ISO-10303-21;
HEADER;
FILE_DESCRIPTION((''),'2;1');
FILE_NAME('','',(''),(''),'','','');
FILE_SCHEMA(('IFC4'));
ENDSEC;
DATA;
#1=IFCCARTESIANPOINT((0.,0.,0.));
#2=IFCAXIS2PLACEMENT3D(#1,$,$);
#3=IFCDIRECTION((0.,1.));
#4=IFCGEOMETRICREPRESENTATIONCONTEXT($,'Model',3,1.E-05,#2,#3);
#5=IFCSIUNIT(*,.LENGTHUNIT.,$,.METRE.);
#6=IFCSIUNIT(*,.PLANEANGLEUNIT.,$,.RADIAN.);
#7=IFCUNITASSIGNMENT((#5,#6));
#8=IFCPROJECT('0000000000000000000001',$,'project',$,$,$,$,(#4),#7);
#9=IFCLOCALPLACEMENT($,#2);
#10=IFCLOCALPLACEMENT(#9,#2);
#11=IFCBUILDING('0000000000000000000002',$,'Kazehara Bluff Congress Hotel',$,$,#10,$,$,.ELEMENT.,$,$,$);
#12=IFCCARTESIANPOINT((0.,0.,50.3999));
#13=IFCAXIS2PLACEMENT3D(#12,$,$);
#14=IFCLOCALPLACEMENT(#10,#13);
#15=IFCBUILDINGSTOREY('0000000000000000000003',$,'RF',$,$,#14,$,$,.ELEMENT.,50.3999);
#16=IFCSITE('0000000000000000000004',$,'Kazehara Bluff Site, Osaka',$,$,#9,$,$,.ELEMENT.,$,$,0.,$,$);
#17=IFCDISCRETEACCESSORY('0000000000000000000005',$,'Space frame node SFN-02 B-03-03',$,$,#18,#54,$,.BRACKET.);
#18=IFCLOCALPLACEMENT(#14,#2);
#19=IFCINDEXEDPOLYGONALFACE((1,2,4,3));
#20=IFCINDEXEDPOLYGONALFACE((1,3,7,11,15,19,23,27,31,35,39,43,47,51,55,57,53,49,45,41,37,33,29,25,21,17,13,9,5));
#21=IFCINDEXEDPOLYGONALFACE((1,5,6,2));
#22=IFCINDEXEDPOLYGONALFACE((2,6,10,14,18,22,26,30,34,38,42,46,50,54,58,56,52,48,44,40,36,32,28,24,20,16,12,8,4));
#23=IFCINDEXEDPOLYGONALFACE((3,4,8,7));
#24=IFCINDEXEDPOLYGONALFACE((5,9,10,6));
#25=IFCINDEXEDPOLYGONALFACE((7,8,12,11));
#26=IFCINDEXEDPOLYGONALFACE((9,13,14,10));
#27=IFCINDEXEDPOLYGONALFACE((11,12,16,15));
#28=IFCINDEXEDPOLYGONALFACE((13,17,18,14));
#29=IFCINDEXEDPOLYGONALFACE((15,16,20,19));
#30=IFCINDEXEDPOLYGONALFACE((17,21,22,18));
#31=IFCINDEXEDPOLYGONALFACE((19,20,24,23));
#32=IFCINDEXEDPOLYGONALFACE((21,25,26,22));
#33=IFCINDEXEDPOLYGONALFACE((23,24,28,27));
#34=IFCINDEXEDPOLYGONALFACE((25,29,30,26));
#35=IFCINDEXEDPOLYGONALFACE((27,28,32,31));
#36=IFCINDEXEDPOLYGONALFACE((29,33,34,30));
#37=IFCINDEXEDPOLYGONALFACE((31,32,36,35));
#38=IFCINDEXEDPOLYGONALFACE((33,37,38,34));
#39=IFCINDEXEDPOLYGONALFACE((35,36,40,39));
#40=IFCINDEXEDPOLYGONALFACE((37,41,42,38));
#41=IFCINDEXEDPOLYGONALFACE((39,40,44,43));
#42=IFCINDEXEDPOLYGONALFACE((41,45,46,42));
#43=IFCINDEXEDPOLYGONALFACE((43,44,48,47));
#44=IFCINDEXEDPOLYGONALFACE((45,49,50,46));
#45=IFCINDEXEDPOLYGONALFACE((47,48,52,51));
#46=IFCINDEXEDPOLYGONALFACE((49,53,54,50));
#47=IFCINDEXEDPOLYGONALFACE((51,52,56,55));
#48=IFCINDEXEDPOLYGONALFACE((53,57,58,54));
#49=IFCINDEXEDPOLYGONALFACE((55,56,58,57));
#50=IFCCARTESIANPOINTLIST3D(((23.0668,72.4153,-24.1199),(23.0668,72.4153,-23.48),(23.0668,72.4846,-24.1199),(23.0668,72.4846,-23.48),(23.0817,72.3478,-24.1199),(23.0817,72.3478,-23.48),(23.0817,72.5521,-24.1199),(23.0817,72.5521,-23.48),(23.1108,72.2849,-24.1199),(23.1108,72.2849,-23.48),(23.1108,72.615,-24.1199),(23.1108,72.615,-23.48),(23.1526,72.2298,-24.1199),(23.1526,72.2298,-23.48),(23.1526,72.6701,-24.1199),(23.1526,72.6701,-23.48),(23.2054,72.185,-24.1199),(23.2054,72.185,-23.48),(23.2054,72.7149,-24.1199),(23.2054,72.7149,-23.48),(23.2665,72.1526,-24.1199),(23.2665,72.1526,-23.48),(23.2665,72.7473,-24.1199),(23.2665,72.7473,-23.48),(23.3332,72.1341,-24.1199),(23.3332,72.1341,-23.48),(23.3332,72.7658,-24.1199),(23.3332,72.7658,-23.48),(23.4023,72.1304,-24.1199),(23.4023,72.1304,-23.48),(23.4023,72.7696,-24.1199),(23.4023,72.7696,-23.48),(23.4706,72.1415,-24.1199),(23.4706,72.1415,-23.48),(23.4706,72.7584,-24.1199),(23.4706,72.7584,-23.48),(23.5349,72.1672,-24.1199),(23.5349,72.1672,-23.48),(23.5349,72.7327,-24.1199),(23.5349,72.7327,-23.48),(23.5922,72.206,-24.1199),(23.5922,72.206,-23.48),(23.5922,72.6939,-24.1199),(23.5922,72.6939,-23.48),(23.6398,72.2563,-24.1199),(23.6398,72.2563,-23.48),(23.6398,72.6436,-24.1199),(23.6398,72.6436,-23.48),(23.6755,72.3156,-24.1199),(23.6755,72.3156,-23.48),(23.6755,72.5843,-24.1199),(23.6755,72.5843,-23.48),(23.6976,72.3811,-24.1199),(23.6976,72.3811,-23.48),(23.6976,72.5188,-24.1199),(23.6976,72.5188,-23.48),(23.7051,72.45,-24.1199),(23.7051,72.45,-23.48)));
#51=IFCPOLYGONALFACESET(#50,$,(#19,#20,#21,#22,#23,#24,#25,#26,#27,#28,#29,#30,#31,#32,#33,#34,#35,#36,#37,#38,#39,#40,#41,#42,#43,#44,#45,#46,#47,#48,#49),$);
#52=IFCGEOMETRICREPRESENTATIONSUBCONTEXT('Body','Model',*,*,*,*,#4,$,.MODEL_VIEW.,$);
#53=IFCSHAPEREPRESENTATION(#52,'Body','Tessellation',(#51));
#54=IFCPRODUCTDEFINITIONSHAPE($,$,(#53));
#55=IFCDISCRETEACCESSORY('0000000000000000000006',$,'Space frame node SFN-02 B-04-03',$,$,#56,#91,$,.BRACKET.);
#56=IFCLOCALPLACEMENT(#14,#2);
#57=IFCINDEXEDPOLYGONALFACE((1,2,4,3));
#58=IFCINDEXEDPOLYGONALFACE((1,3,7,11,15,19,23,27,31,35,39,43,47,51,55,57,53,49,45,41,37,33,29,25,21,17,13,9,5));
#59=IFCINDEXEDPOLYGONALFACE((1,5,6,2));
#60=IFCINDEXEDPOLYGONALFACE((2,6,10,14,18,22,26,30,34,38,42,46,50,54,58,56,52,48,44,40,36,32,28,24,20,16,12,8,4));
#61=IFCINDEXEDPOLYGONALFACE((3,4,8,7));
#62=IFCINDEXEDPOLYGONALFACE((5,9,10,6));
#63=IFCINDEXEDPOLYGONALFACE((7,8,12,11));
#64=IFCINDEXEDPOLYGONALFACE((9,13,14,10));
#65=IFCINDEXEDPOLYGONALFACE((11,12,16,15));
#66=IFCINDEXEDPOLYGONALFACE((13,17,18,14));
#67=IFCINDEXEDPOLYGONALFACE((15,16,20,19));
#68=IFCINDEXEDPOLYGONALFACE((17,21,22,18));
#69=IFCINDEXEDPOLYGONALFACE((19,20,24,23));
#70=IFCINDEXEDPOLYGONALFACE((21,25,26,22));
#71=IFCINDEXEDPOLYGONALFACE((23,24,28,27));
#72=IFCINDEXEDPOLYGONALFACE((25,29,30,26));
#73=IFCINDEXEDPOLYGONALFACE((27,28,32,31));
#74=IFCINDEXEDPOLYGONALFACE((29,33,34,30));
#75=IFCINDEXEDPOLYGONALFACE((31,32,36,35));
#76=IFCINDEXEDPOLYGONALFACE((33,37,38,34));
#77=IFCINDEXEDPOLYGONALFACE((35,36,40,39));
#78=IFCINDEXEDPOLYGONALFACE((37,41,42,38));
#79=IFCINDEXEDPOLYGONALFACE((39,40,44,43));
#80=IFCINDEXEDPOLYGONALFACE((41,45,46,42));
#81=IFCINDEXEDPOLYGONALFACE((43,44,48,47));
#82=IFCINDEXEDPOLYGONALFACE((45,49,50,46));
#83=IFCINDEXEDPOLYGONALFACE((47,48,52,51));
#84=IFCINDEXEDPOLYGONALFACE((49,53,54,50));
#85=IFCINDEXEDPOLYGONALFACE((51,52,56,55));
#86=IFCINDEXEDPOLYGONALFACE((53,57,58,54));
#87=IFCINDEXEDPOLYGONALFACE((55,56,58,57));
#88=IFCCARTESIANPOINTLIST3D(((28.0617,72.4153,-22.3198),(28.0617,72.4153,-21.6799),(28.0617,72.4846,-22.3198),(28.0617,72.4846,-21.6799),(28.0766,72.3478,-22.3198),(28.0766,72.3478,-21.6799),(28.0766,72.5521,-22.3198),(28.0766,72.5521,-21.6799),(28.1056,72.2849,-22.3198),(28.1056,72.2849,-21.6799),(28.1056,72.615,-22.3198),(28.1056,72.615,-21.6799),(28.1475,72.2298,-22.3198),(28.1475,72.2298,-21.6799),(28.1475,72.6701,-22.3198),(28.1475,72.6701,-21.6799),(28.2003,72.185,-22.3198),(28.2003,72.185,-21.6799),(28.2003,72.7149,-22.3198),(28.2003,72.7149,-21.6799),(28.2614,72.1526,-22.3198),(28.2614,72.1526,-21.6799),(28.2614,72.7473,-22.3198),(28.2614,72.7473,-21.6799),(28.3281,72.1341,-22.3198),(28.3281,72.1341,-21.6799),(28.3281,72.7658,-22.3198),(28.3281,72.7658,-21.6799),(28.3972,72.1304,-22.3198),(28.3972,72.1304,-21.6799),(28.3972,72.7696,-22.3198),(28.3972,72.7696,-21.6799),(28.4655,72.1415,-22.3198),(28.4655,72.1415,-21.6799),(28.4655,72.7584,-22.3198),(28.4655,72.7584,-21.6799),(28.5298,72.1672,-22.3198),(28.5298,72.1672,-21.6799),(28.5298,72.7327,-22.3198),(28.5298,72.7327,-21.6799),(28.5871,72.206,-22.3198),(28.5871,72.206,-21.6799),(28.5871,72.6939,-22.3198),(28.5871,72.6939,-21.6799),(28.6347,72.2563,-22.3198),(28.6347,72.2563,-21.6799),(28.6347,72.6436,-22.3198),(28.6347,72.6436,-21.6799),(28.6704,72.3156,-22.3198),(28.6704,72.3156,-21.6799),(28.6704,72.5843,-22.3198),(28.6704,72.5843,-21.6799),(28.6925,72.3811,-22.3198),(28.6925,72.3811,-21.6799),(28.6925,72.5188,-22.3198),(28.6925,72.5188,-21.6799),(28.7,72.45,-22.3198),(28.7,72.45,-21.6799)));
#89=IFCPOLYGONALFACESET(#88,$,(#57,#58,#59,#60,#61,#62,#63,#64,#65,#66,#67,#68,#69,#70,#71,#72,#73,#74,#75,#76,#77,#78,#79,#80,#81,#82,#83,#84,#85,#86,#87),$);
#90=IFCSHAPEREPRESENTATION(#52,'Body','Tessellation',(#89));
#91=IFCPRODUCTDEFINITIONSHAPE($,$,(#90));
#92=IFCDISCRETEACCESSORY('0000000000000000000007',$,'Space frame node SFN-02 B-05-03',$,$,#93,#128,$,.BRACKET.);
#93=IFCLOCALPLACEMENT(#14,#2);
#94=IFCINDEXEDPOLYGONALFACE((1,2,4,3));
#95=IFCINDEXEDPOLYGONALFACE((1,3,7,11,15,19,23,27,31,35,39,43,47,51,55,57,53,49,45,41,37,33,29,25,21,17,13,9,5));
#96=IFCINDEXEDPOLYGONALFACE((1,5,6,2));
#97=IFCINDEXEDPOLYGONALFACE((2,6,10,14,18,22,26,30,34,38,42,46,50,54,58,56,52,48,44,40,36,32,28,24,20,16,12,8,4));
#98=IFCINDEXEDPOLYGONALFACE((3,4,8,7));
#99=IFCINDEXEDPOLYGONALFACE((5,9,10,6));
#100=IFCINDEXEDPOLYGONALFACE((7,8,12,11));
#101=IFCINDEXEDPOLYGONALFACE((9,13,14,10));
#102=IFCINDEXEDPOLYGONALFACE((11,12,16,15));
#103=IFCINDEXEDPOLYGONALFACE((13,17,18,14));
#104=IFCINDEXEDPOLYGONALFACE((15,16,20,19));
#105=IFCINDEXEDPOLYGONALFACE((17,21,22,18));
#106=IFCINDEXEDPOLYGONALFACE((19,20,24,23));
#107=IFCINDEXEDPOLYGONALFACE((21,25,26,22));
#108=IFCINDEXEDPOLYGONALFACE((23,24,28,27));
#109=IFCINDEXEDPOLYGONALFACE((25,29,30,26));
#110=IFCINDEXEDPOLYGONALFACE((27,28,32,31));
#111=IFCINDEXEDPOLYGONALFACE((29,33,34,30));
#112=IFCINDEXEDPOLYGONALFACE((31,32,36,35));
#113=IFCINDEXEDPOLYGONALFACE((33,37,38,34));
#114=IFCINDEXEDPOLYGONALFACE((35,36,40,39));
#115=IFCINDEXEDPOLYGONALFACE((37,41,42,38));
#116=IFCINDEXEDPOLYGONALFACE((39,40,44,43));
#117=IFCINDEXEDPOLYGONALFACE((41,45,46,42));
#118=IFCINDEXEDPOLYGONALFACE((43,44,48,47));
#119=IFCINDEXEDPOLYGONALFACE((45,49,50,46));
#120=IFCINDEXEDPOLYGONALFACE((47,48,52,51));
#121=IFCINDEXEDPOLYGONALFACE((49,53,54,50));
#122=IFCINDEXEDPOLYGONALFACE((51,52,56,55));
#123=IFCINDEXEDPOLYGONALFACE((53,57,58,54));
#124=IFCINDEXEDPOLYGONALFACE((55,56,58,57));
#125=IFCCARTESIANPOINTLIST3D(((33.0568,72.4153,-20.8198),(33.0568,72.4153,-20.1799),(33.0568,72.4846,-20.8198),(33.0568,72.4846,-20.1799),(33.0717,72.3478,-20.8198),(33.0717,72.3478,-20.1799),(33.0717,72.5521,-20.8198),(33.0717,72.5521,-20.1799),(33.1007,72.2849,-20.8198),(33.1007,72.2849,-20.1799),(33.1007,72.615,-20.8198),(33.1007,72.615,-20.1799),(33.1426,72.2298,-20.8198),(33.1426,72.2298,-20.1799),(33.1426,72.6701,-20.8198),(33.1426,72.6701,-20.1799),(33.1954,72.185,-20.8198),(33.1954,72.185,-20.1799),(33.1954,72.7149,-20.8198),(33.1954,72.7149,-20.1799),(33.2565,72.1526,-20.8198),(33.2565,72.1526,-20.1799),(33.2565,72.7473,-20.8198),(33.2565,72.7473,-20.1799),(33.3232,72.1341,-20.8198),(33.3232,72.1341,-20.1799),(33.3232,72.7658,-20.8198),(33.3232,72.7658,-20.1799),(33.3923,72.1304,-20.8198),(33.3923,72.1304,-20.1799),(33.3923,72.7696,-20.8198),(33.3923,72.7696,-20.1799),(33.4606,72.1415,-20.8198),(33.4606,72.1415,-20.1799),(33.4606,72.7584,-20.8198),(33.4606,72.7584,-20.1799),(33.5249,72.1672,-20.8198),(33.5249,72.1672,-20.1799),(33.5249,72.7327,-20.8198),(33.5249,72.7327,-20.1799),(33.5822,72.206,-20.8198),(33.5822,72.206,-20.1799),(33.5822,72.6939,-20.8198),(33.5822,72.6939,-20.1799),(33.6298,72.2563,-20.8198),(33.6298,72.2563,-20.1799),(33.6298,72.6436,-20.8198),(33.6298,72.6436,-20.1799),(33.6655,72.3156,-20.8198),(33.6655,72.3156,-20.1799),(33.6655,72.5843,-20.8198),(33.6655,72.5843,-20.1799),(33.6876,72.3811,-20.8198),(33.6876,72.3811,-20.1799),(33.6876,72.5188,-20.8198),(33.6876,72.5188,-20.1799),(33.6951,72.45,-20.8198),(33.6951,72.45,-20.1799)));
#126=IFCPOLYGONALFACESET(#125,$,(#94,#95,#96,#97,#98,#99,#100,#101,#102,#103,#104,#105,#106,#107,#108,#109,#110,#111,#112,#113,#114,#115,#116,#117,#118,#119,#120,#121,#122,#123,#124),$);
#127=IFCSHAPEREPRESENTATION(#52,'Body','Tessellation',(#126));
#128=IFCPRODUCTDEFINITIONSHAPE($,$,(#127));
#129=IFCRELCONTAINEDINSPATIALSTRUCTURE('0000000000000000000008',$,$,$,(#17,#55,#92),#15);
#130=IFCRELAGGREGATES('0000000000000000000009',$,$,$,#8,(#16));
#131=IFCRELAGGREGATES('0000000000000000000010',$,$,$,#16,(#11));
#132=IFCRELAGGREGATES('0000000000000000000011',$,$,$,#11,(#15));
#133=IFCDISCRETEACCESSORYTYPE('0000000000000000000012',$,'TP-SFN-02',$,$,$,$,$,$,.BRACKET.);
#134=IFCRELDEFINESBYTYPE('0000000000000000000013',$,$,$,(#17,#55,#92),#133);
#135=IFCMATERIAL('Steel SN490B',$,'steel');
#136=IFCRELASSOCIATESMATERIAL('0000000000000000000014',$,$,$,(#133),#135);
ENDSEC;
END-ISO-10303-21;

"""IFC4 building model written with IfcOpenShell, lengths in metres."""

from ifc_helpers import new_model, si_unit, direction, frame, origin, origin_2d, place, context, subcontext, project, spatial, circle, extrude, material, material_profile, profile_set, type_object, element, save


model = new_model("IFC4")

# Units and contexts
model_context = context("Model", 3, precision=1e-05, world=origin(), true_north=direction((0.0, 1.0)))
body_context = subcontext(model_context, "Body", "Model", "MODEL_VIEW")
ifc_project = project(units=[si_unit("LENGTHUNIT", "METRE"), si_unit("PLANEANGLEUNIT", "RADIAN")], contexts=[model_context])

# Site, building, storey
site_placement = place(None, origin())
site = spatial("IfcSite", under=ifc_project, at=site_placement, Name="Kazehara Bluff Site, Osaka", CompositionType="ELEMENT", RefElevation=0.0)
building_placement = place(site_placement, origin())
building = spatial("IfcBuilding", under=site, at=building_placement, Name="Kazehara Bluff Congress Hotel", CompositionType="ELEMENT")
storey_placement = place(building_placement, frame((0.0, 0.0, 50.3999)))
storey = spatial("IfcBuildingStorey", under=building, at=storey_placement, Name="RF", CompositionType="ELEMENT", Elevation=50.3999)

# Discrete accessories
ifc_material_1 = material(Name="Steel SN490B", Category="steel")
ifc_material_profile_1 = material_profile(ifc_material_1, circle(Radius=0.3201, at=origin_2d()))
ifc_profile_set_1 = profile_set([ifc_material_profile_1], Name="Steel SN490B")
discrete_accessory_type_1 = type_object("IfcDiscreteAccessoryType", Name="TP-SFN-02", PredefinedType="BRACKET", material=ifc_profile_set_1)
for number, where, z_axis, x_axis, name in (
    (1, (23.385, 72.45, -24.1199), (0.0, 0.0, 1.0), (1.0, 0.0, 0.0), "Space frame node SFN-02 B-03-03"),
    (2, (28.3799, 72.45, -22.3198), (0.0, 0.0, 1.0), (1.0, 0.0, 0.0), "Space frame node SFN-02 B-04-03"),
    (3, (33.375, 72.45, -20.8198), (0.0, 0.0, 1.0), (1.0, 0.0, 0.0), "Space frame node SFN-02 B-05-03"),
):
    element("IfcDiscreteAccessory", number, at=place(storey_placement, frame(where, z_axis=z_axis, x_axis=x_axis)), inside=storey, type_object=discrete_accessory_type_1, Name=name, PredefinedType="BRACKET", context=body_context, shape_type="SweptSolid", body=[
        extrude(circle(Radius=0.3201, at=origin_2d()), origin(), (0.0, 0.0, 1.0), 0.6399),
    ])

save(model, "model.ifc")
